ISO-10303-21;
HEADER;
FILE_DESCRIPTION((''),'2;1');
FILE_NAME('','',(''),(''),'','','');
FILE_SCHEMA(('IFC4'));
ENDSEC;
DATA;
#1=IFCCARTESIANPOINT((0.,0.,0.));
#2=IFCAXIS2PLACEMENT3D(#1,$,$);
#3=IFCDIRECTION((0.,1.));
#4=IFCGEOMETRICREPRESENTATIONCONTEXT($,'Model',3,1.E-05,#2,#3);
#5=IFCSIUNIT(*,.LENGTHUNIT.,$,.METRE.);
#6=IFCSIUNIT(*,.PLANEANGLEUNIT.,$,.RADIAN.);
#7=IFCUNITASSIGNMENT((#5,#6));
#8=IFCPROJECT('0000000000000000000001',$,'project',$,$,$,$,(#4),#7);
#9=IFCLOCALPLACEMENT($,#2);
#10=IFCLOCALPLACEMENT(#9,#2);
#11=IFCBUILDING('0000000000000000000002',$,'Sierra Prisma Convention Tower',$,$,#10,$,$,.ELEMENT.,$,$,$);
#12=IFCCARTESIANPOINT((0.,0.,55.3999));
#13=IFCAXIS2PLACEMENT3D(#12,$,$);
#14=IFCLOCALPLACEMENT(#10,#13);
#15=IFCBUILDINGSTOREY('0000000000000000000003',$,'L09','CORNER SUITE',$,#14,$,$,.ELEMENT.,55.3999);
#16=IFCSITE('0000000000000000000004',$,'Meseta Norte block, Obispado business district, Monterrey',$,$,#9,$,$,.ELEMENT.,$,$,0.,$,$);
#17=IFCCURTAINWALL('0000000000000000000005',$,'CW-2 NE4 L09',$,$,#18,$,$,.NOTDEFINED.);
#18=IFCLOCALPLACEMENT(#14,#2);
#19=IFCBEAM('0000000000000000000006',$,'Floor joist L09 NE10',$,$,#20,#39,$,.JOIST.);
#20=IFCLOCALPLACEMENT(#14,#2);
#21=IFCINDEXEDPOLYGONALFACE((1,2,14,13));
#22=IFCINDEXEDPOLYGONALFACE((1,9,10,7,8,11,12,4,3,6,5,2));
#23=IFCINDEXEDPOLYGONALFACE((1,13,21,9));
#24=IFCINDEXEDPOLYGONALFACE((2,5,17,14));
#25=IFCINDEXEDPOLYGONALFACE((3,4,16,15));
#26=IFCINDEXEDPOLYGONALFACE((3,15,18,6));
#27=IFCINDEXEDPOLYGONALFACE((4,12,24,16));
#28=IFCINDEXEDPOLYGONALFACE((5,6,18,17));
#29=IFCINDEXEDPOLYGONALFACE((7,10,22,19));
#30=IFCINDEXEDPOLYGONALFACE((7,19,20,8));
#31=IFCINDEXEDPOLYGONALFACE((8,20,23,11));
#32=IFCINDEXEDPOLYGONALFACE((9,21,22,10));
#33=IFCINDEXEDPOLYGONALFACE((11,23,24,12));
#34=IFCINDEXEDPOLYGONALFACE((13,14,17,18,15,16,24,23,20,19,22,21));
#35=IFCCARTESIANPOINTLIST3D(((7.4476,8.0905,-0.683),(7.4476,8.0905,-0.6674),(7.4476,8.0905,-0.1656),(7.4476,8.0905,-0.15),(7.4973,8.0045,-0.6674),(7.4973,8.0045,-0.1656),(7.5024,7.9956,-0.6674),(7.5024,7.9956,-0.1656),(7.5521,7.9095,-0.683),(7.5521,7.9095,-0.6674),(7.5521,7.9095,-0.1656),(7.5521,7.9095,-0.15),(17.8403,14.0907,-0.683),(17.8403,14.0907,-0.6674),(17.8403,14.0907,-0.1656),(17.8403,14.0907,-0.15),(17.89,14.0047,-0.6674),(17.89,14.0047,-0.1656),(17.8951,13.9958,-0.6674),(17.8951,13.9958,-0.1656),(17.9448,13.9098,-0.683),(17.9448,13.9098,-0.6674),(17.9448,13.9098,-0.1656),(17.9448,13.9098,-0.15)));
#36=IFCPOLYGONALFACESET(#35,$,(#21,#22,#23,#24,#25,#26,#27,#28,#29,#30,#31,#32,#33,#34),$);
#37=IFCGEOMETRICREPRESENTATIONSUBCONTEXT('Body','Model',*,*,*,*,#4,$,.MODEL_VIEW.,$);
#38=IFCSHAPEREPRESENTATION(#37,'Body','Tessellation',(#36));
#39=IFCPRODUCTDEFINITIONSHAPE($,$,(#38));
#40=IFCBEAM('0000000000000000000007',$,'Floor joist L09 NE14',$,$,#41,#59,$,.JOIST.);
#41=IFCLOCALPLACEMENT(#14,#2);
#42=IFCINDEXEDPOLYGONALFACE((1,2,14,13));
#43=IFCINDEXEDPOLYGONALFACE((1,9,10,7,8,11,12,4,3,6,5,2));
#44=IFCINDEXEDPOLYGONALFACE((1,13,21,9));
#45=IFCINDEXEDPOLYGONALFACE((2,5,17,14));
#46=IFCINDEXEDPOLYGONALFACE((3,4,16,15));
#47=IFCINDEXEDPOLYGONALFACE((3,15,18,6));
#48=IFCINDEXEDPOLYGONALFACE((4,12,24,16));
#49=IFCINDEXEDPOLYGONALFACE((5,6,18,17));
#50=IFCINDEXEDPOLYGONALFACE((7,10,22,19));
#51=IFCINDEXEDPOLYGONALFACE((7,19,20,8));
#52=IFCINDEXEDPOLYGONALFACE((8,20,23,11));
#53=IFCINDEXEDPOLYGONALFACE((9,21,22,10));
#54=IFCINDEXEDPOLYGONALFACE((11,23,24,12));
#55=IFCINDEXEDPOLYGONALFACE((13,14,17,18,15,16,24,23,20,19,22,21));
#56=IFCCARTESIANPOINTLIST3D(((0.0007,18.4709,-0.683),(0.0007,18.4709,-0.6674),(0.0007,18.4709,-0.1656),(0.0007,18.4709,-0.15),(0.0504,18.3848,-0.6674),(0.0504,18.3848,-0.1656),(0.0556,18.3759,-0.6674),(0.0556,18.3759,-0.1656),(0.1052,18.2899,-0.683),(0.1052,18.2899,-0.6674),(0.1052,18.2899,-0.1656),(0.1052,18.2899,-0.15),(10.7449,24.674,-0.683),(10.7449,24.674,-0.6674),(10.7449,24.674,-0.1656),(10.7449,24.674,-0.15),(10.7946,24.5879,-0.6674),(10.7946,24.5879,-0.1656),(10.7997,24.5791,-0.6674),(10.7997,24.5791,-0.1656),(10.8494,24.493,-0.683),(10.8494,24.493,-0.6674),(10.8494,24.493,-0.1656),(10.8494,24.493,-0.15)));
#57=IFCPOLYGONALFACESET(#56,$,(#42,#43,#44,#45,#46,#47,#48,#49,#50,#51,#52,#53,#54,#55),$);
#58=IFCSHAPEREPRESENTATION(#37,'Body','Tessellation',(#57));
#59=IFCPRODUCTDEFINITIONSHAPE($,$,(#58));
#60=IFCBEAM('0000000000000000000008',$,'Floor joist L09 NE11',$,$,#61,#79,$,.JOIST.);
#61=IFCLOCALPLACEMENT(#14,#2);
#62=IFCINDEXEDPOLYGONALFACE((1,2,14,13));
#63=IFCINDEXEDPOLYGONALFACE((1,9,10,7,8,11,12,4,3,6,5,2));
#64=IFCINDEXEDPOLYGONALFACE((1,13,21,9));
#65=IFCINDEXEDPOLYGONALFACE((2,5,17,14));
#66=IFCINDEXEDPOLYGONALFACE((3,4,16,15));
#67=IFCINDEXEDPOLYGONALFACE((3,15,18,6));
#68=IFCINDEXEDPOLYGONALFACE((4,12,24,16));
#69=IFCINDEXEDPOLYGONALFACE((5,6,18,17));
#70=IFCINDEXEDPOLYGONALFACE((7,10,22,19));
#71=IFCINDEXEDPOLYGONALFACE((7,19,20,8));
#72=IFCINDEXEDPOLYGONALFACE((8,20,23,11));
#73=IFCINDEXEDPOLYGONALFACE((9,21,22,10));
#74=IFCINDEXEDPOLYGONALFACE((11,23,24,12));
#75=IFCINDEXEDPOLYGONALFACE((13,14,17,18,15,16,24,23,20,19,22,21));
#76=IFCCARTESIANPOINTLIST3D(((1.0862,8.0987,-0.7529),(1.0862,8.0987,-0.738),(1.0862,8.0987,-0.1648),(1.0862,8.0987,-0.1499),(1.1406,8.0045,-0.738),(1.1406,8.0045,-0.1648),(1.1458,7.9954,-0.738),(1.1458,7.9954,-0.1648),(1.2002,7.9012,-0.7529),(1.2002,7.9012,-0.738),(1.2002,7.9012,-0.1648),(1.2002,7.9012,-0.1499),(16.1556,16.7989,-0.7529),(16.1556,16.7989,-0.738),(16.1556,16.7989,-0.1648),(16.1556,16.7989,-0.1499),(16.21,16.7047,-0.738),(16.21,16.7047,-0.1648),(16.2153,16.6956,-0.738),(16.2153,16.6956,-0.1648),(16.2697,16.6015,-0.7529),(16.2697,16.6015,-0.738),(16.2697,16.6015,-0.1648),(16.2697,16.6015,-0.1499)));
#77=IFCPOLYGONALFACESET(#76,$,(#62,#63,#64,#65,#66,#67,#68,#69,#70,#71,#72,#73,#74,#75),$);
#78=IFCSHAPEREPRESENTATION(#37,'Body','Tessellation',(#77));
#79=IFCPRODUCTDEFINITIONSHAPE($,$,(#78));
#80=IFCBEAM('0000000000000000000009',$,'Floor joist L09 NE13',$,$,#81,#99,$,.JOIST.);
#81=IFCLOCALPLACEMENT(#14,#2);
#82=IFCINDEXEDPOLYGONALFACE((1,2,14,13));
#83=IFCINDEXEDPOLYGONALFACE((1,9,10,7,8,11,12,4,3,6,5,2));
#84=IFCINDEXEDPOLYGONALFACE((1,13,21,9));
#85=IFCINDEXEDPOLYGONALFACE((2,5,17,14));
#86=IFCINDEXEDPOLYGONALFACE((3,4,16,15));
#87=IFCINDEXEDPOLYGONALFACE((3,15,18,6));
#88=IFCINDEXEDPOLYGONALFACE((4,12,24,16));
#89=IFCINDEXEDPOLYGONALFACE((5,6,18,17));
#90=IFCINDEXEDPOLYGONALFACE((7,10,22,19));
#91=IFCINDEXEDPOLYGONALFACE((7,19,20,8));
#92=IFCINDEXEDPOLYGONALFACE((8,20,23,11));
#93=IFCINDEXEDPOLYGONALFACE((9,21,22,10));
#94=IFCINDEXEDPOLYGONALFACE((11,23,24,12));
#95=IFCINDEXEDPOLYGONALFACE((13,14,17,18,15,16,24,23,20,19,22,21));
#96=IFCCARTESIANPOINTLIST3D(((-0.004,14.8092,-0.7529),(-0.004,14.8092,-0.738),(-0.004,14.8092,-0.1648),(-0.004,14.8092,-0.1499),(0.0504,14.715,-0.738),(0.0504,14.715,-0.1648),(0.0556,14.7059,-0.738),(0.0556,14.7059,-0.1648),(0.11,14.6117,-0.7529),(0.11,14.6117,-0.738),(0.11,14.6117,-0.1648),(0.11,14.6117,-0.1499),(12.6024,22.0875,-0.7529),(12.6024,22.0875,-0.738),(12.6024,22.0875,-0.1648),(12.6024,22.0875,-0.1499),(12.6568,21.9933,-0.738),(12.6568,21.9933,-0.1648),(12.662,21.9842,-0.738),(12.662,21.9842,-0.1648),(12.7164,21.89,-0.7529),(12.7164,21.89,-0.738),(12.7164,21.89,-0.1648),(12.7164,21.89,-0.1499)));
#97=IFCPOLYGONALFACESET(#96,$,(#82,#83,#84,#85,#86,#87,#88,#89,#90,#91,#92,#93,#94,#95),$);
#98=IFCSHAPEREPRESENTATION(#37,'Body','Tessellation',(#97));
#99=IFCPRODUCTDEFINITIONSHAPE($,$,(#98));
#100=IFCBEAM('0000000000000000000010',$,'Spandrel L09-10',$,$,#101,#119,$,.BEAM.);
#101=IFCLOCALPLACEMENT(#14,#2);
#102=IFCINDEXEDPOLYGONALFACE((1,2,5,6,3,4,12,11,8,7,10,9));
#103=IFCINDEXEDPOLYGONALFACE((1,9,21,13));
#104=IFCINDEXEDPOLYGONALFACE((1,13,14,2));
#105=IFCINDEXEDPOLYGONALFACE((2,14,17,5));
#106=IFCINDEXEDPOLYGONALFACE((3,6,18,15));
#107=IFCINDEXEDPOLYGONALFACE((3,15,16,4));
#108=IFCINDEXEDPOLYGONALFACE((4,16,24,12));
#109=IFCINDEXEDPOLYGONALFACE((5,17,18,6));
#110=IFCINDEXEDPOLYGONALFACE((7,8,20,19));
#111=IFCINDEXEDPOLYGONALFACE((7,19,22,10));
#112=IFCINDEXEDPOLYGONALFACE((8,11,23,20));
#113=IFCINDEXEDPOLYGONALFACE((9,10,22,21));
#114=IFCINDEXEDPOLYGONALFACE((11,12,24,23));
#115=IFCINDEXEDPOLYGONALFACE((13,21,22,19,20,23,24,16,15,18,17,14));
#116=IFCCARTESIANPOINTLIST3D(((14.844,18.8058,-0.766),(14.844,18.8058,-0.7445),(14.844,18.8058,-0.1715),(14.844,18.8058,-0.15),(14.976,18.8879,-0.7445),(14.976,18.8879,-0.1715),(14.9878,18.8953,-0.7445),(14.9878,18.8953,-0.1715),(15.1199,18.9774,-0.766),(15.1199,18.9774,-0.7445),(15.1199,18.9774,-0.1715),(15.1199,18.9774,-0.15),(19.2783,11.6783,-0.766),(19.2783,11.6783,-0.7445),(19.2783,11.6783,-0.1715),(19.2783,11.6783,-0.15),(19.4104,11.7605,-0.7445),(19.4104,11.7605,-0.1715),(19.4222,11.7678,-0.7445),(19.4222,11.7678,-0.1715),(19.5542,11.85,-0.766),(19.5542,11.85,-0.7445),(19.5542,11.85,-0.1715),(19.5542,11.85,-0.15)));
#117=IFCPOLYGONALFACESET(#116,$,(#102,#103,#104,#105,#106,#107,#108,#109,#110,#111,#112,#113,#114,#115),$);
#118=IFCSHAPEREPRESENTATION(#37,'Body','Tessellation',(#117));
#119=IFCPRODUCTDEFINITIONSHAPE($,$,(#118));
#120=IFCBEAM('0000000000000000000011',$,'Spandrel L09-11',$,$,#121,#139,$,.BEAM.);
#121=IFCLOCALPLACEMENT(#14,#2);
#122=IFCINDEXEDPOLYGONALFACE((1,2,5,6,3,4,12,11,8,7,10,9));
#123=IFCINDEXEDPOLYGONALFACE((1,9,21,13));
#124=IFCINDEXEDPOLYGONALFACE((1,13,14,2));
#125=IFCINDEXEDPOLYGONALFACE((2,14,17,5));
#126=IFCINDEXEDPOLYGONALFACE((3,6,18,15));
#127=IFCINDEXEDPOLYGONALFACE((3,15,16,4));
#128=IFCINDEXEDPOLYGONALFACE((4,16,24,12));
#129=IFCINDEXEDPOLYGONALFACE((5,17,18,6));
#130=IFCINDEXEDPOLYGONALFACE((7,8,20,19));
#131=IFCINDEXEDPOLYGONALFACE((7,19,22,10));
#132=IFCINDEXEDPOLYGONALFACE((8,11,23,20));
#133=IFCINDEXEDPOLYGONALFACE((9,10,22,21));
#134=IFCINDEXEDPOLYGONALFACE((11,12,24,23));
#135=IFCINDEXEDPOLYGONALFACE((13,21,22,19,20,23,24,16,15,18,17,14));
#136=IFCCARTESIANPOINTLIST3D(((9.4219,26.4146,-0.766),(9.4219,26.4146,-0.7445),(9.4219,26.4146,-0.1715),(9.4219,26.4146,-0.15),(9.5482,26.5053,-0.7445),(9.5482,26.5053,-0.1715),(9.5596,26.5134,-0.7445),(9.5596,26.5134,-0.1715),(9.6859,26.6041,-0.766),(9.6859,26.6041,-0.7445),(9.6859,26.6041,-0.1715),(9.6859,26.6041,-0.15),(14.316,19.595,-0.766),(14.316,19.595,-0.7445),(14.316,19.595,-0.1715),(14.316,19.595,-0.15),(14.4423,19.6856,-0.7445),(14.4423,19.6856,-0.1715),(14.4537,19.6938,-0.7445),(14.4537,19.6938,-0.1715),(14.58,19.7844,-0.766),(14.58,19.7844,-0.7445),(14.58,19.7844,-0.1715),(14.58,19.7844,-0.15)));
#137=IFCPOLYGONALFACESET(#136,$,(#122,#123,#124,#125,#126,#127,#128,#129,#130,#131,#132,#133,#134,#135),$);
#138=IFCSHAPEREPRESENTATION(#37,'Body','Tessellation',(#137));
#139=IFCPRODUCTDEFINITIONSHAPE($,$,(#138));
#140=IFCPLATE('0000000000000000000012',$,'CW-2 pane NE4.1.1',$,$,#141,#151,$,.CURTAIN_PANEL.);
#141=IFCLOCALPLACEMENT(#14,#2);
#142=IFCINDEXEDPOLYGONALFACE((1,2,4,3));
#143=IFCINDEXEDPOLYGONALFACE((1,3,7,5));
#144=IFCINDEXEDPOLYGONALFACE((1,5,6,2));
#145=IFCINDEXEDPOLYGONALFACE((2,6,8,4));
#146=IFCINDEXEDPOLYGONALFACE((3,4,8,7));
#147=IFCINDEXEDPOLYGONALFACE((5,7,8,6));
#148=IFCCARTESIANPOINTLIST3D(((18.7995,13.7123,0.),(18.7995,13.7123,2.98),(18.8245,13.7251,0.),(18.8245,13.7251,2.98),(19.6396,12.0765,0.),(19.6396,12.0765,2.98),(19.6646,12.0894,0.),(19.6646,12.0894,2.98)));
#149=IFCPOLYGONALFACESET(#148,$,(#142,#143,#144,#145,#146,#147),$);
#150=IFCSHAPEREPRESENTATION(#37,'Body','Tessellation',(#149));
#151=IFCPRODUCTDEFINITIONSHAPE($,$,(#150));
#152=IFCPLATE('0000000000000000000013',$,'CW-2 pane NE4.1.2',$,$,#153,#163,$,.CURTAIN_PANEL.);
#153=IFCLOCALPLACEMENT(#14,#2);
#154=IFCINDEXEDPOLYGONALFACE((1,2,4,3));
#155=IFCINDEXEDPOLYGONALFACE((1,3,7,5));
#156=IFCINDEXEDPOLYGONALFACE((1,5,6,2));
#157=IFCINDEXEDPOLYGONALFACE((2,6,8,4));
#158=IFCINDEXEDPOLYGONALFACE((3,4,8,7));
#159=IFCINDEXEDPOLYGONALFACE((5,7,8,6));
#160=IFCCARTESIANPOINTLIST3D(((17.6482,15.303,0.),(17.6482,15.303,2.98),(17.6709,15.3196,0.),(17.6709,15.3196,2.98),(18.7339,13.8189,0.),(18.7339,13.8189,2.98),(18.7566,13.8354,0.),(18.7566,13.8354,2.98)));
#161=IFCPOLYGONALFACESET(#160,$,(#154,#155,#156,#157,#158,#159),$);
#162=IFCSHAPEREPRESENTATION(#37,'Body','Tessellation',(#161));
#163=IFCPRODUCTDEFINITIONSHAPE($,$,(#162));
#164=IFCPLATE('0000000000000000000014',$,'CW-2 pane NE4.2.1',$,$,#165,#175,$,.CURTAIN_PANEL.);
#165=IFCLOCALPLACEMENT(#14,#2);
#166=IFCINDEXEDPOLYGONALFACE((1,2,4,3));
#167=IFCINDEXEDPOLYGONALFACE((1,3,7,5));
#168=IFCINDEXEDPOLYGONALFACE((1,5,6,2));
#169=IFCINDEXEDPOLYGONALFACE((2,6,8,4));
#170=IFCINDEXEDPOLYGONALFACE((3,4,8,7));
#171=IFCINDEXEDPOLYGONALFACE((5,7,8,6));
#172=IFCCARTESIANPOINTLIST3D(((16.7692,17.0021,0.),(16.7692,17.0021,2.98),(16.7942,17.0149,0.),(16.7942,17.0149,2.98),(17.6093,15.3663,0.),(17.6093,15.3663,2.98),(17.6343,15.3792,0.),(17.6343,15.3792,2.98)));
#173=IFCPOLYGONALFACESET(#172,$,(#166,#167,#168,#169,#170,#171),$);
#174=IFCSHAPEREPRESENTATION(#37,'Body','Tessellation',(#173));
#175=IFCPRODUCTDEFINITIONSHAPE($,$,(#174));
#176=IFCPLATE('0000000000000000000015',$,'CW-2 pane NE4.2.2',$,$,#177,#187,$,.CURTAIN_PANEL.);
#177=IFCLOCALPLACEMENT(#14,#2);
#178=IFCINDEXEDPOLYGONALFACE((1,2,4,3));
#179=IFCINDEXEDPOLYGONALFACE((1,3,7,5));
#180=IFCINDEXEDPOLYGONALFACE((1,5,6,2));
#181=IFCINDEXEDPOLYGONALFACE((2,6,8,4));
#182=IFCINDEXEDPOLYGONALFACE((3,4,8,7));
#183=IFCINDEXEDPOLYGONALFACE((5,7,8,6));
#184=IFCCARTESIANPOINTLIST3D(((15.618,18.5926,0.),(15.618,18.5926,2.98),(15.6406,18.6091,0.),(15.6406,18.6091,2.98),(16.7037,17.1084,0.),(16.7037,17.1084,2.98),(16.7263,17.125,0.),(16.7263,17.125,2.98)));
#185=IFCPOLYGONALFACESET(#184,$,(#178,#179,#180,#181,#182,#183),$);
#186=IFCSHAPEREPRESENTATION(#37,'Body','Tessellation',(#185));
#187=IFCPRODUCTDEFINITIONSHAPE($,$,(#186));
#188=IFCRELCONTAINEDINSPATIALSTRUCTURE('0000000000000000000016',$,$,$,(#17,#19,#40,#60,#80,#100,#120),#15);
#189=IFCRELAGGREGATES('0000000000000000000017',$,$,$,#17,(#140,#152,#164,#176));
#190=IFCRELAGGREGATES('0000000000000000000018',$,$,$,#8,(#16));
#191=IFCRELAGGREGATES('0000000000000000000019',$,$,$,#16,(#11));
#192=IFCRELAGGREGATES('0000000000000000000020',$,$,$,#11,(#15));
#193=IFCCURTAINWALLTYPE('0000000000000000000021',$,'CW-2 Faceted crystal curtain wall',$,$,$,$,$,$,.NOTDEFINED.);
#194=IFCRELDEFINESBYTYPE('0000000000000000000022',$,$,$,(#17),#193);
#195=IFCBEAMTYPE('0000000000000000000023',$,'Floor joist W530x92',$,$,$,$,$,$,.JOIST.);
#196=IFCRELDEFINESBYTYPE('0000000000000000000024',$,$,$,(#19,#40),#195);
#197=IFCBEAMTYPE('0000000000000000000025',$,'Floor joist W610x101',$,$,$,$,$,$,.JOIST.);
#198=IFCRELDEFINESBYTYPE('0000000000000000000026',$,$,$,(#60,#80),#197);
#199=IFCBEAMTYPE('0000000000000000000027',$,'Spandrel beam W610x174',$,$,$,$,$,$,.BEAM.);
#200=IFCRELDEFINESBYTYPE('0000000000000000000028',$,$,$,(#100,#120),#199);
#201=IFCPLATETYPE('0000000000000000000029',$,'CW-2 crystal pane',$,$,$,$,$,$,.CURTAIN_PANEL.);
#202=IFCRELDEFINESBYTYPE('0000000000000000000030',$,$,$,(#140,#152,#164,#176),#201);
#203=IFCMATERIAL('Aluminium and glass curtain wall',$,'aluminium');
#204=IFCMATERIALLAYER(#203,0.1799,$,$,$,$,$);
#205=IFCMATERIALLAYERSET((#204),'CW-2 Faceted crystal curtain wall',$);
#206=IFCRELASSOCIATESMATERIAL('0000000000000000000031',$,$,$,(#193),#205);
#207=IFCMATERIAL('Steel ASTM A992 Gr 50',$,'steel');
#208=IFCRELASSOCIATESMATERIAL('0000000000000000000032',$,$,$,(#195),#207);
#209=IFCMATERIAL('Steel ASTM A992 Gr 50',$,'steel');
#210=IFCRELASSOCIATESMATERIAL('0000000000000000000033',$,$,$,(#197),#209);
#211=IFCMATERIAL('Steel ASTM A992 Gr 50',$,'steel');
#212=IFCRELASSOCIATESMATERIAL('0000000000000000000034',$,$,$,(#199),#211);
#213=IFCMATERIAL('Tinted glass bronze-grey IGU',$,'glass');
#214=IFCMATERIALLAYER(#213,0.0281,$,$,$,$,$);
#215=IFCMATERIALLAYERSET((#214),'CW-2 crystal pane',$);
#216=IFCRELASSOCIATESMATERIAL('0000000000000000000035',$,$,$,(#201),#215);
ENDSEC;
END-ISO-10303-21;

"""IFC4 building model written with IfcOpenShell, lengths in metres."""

from ifc_helpers import new_model, si_unit, direction, frame, origin, origin_2d, place, context, subcontext, project, spatial, polyline, i_section, outline, extrude, material, layer, layer_set, material_profile, profile_set, type_object, element, aggregate, save


model = new_model("IFC4")

# Units and contexts
model_context = context("Model", 3, precision=1e-05, world=origin(), true_north=direction((0.0, 1.0)))
body_context = subcontext(model_context, "Body", "Model", "MODEL_VIEW")
ifc_project = project(units=[si_unit("LENGTHUNIT", "METRE"), si_unit("PLANEANGLEUNIT", "RADIAN")], contexts=[model_context])

# Site, building, storey
site_placement = place(None, origin())
site = spatial("IfcSite", under=ifc_project, at=site_placement, Name="Meseta Norte block, Obispado business district, Monterrey", CompositionType="ELEMENT", RefElevation=0.0)
building_placement = place(site_placement, origin())
building = spatial("IfcBuilding", under=site, at=building_placement, Name="Sierra Prisma Convention Tower", CompositionType="ELEMENT")
storey_placement = place(building_placement, frame((0.0, 0.0, 55.3999)))
storey = spatial("IfcBuildingStorey", under=building, at=storey_placement, Name="L09", Description="CORNER SUITE", CompositionType="ELEMENT", Elevation=55.3999)

# Curtain wall
ifc_material_1 = material(Name="Aluminium and glass curtain wall", Category="aluminium")
ifc_layer_1 = layer(ifc_material_1, 0.1799)
ifc_layer_set_1 = layer_set([ifc_layer_1], Name="CW-2 Faceted crystal curtain wall")
curtain_wall_type = type_object("IfcCurtainWallType", Name="CW-2 Faceted crystal curtain wall", PredefinedType="NOTDEFINED", material=ifc_layer_set_1)
curtain_wall_1_placement = place(storey_placement, origin())
curtain_wall_1 = element("IfcCurtainWall", 1, at=curtain_wall_1_placement, inside=storey, type_object=curtain_wall_type, Name="CW-2 NE4 L09", PredefinedType="NOTDEFINED")

# Beams
ifc_material_2 = material(Name="Steel ASTM A992 Gr 50", Category="steel")
ifc_material_profile_1 = material_profile(ifc_material_2, i_section(OverallWidth=0.209, OverallDepth=0.533, WebThickness=0.0103, FlangeThickness=0.0156, at=origin_2d()), Name="W530x92")
ifc_profile_set_1 = profile_set([ifc_material_profile_1], Name="Steel ASTM A992 Gr 50")
beam_type_1 = type_object("IfcBeamType", Name="Floor joist W530x92", PredefinedType="JOIST", material=ifc_profile_set_1)
beam_1_placement = place(storey_placement, frame((17.8926, 14.0002, -0.4165), z_axis=(-0.866027, -0.499997, 0.0), x_axis=(0.499997, -0.866027, 0.0)))
element("IfcBeam", 2, at=beam_1_placement, inside=storey, type_object=beam_type_1, Name="Floor joist L09 NE10", PredefinedType="JOIST", context=body_context, shape_type="SweptSolid", body=[
    extrude(i_section(OverallWidth=0.209, OverallDepth=0.533, WebThickness=0.0103, FlangeThickness=0.0156, at=origin_2d()), origin(), (0.0, 0.0, 1.0), 12.0005),
])
beam_2_placement = place(storey_placement, frame((10.7971, 24.5835, -0.4165), z_axis=(-0.866026, -0.5, 0.0), x_axis=(0.5, -0.866026, 0.0)))
element("IfcBeam", 3, at=beam_2_placement, inside=storey, type_object=beam_type_1, Name="Floor joist L09 NE14", PredefinedType="JOIST", context=body_context, shape_type="SweptSolid", body=[
    extrude(i_section(OverallWidth=0.209, OverallDepth=0.533, WebThickness=0.0103, FlangeThickness=0.0156, at=origin_2d()), origin(), (0.0, 0.0, 1.0), 12.4062),
])
ifc_material_3 = material(Name="Steel ASTM A992 Gr 50", Category="steel")
ifc_material_profile_2 = material_profile(ifc_material_3, i_section(OverallWidth=0.228, OverallDepth=0.603, WebThickness=0.0105, FlangeThickness=0.0149, at=origin_2d()), Name="W610x101")
ifc_profile_set_2 = profile_set([ifc_material_profile_2], Name="Steel ASTM A992 Gr 50")
beam_type_2 = type_object("IfcBeamType", Name="Floor joist W610x101", PredefinedType="JOIST", material=ifc_profile_set_2)
beam_3_placement = place(storey_placement, frame((16.2126, 16.7002, -0.4514), z_axis=(-0.866028, -0.499996, 0.0), x_axis=(0.499996, -0.866028, 0.0)))
element("IfcBeam", 4, at=beam_3_placement, inside=storey, type_object=beam_type_2, Name="Floor joist L09 NE11", PredefinedType="JOIST", context=body_context, shape_type="SweptSolid", body=[
    extrude(i_section(OverallWidth=0.228, OverallDepth=0.603, WebThickness=0.0105, FlangeThickness=0.0149, at=origin_2d()), origin(), (0.0, 0.0, 1.0), 17.4006),
])
beam_4_placement = place(storey_placement, frame((12.6594, 21.9888, -0.4514), z_axis=(-0.866026, -0.499999, 0.0), x_axis=(0.499999, -0.866026, 0.0)))
element("IfcBeam", 5, at=beam_4_placement, inside=storey, type_object=beam_type_2, Name="Floor joist L09 NE13", PredefinedType="JOIST", context=body_context, shape_type="SweptSolid", body=[
    extrude(i_section(OverallWidth=0.228, OverallDepth=0.603, WebThickness=0.0105, FlangeThickness=0.0149, at=origin_2d()), origin(), (0.0, 0.0, 1.0), 14.5566),
])
ifc_material_4 = material(Name="Steel ASTM A992 Gr 50", Category="steel")
ifc_material_profile_3 = material_profile(ifc_material_4, i_section(OverallWidth=0.325, OverallDepth=0.616, WebThickness=0.0139, FlangeThickness=0.0215, at=origin_2d()), Name="W610x174")
ifc_profile_set_3 = profile_set([ifc_material_profile_3], Name="Steel ASTM A992 Gr 50")
beam_type_3 = type_object("IfcBeamType", Name="Spandrel beam W610x174", PredefinedType="BEAM", material=ifc_profile_set_3)
beam_5_placement = place(storey_placement, frame((19.4163, 11.7642, -0.458), z_axis=(-0.528257, 0.849085, 0.0), x_axis=(-0.849085, -0.528257, 0.0)))
element("IfcBeam", 6, at=beam_5_placement, inside=storey, type_object=beam_type_3, Name="Spandrel L09-10", PredefinedType="BEAM", context=body_context, shape_type="SweptSolid", body=[
    extrude(i_section(OverallWidth=0.325, OverallDepth=0.616, WebThickness=0.0139, FlangeThickness=0.0215, at=origin_2d()), origin(), (0.0, 0.0, 1.0), 8.3943),
])
beam_6_placement = place(storey_placement, frame((14.448, 19.6897, -0.458), z_axis=(-0.583044, 0.81244, 0.0), x_axis=(-0.81244, -0.583044, 0.0)))
element("IfcBeam", 7, at=beam_6_placement, inside=storey, type_object=beam_type_3, Name="Spandrel L09-11", PredefinedType="BEAM", context=body_context, shape_type="SweptSolid", body=[
    extrude(i_section(OverallWidth=0.325, OverallDepth=0.616, WebThickness=0.0139, FlangeThickness=0.0215, at=origin_2d()), origin(), (0.0, 0.0, 1.0), 8.394),
])

# Plates
ifc_material_5 = material(Name="Tinted glass bronze-grey IGU", Category="glass")
ifc_layer_2 = layer(ifc_material_5, 0.0281)
ifc_layer_set_2 = layer_set([ifc_layer_2], Name="CW-2 crystal pane")
plate_type = type_object("IfcPlateType", Name="CW-2 crystal pane", PredefinedType="CURTAIN_PANEL", material=ifc_layer_set_2)
plate_1_placement = place(storey_placement, frame((19.6646, 12.0894, 0.0), z_axis=(0.889542, 0.456853, 0.0), x_axis=(-0.456853, 0.889542, 0.0)))
plate_1 = element("IfcPlate", 8, at=plate_1_placement, type_object=plate_type, Name="CW-2 pane NE4.1.1", PredefinedType="CURTAIN_PANEL", context=body_context, shape_type="SweptSolid", body=[
    extrude(outline(polyline([(0.0, 0.0), (1.8389, 0.0), (1.8389, 2.98), (0.0, 2.98), (0.0, 0.0)])), origin(), (0.0, 0.0, -1.0), 0.0281),
])
plate_2_placement = place(storey_placement, frame((17.6709, 15.3196, 0.0), z_axis=(0.807097, 0.590419, 0.0), x_axis=(0.590419, -0.807097, 0.0)))
plate_2 = element("IfcPlate", 9, at=plate_2_placement, type_object=plate_type, Name="CW-2 pane NE4.1.2", PredefinedType="CURTAIN_PANEL", context=body_context, shape_type="SweptSolid", body=[
    extrude(outline(polyline([(0.0, 0.0), (1.8389, 0.0), (1.8389, -2.98), (0.0, -2.98), (0.0, 0.0)])), origin(), (0.0, 0.0, -1.0), 0.0281),
])
plate_3_placement = place(storey_placement, frame((17.6343, 15.3792, 0.0), z_axis=(0.889542, 0.456853, 0.0), x_axis=(-0.456853, 0.889542, 0.0)))
plate_3 = element("IfcPlate", 10, at=plate_3_placement, type_object=plate_type, Name="CW-2 pane NE4.2.1", PredefinedType="CURTAIN_PANEL", context=body_context, shape_type="SweptSolid", body=[
    extrude(outline(polyline([(0.0, 0.0), (1.8389, 0.0), (1.8389, 2.98), (0.0, 2.98), (0.0, 0.0)])), origin(), (0.0, 0.0, -1.0), 0.0281),
])
plate_4_placement = place(storey_placement, frame((15.6406, 18.6091, 0.0), z_axis=(0.807097, 0.590419, 0.0), x_axis=(0.590419, -0.807097, 0.0)))
plate_4 = element("IfcPlate", 11, at=plate_4_placement, type_object=plate_type, Name="CW-2 pane NE4.2.2", PredefinedType="CURTAIN_PANEL", context=body_context, shape_type="SweptSolid", body=[
    extrude(outline(polyline([(0.0, 0.0), (1.8389, 0.0), (1.8389, -2.98), (0.0, -2.98), (0.0, 0.0)])), origin(), (0.0, 0.0, -1.0), 0.0281),
])
aggregate(curtain_wall_1, [plate_1, plate_2, plate_3, plate_4])

save(model, "model.ifc")
